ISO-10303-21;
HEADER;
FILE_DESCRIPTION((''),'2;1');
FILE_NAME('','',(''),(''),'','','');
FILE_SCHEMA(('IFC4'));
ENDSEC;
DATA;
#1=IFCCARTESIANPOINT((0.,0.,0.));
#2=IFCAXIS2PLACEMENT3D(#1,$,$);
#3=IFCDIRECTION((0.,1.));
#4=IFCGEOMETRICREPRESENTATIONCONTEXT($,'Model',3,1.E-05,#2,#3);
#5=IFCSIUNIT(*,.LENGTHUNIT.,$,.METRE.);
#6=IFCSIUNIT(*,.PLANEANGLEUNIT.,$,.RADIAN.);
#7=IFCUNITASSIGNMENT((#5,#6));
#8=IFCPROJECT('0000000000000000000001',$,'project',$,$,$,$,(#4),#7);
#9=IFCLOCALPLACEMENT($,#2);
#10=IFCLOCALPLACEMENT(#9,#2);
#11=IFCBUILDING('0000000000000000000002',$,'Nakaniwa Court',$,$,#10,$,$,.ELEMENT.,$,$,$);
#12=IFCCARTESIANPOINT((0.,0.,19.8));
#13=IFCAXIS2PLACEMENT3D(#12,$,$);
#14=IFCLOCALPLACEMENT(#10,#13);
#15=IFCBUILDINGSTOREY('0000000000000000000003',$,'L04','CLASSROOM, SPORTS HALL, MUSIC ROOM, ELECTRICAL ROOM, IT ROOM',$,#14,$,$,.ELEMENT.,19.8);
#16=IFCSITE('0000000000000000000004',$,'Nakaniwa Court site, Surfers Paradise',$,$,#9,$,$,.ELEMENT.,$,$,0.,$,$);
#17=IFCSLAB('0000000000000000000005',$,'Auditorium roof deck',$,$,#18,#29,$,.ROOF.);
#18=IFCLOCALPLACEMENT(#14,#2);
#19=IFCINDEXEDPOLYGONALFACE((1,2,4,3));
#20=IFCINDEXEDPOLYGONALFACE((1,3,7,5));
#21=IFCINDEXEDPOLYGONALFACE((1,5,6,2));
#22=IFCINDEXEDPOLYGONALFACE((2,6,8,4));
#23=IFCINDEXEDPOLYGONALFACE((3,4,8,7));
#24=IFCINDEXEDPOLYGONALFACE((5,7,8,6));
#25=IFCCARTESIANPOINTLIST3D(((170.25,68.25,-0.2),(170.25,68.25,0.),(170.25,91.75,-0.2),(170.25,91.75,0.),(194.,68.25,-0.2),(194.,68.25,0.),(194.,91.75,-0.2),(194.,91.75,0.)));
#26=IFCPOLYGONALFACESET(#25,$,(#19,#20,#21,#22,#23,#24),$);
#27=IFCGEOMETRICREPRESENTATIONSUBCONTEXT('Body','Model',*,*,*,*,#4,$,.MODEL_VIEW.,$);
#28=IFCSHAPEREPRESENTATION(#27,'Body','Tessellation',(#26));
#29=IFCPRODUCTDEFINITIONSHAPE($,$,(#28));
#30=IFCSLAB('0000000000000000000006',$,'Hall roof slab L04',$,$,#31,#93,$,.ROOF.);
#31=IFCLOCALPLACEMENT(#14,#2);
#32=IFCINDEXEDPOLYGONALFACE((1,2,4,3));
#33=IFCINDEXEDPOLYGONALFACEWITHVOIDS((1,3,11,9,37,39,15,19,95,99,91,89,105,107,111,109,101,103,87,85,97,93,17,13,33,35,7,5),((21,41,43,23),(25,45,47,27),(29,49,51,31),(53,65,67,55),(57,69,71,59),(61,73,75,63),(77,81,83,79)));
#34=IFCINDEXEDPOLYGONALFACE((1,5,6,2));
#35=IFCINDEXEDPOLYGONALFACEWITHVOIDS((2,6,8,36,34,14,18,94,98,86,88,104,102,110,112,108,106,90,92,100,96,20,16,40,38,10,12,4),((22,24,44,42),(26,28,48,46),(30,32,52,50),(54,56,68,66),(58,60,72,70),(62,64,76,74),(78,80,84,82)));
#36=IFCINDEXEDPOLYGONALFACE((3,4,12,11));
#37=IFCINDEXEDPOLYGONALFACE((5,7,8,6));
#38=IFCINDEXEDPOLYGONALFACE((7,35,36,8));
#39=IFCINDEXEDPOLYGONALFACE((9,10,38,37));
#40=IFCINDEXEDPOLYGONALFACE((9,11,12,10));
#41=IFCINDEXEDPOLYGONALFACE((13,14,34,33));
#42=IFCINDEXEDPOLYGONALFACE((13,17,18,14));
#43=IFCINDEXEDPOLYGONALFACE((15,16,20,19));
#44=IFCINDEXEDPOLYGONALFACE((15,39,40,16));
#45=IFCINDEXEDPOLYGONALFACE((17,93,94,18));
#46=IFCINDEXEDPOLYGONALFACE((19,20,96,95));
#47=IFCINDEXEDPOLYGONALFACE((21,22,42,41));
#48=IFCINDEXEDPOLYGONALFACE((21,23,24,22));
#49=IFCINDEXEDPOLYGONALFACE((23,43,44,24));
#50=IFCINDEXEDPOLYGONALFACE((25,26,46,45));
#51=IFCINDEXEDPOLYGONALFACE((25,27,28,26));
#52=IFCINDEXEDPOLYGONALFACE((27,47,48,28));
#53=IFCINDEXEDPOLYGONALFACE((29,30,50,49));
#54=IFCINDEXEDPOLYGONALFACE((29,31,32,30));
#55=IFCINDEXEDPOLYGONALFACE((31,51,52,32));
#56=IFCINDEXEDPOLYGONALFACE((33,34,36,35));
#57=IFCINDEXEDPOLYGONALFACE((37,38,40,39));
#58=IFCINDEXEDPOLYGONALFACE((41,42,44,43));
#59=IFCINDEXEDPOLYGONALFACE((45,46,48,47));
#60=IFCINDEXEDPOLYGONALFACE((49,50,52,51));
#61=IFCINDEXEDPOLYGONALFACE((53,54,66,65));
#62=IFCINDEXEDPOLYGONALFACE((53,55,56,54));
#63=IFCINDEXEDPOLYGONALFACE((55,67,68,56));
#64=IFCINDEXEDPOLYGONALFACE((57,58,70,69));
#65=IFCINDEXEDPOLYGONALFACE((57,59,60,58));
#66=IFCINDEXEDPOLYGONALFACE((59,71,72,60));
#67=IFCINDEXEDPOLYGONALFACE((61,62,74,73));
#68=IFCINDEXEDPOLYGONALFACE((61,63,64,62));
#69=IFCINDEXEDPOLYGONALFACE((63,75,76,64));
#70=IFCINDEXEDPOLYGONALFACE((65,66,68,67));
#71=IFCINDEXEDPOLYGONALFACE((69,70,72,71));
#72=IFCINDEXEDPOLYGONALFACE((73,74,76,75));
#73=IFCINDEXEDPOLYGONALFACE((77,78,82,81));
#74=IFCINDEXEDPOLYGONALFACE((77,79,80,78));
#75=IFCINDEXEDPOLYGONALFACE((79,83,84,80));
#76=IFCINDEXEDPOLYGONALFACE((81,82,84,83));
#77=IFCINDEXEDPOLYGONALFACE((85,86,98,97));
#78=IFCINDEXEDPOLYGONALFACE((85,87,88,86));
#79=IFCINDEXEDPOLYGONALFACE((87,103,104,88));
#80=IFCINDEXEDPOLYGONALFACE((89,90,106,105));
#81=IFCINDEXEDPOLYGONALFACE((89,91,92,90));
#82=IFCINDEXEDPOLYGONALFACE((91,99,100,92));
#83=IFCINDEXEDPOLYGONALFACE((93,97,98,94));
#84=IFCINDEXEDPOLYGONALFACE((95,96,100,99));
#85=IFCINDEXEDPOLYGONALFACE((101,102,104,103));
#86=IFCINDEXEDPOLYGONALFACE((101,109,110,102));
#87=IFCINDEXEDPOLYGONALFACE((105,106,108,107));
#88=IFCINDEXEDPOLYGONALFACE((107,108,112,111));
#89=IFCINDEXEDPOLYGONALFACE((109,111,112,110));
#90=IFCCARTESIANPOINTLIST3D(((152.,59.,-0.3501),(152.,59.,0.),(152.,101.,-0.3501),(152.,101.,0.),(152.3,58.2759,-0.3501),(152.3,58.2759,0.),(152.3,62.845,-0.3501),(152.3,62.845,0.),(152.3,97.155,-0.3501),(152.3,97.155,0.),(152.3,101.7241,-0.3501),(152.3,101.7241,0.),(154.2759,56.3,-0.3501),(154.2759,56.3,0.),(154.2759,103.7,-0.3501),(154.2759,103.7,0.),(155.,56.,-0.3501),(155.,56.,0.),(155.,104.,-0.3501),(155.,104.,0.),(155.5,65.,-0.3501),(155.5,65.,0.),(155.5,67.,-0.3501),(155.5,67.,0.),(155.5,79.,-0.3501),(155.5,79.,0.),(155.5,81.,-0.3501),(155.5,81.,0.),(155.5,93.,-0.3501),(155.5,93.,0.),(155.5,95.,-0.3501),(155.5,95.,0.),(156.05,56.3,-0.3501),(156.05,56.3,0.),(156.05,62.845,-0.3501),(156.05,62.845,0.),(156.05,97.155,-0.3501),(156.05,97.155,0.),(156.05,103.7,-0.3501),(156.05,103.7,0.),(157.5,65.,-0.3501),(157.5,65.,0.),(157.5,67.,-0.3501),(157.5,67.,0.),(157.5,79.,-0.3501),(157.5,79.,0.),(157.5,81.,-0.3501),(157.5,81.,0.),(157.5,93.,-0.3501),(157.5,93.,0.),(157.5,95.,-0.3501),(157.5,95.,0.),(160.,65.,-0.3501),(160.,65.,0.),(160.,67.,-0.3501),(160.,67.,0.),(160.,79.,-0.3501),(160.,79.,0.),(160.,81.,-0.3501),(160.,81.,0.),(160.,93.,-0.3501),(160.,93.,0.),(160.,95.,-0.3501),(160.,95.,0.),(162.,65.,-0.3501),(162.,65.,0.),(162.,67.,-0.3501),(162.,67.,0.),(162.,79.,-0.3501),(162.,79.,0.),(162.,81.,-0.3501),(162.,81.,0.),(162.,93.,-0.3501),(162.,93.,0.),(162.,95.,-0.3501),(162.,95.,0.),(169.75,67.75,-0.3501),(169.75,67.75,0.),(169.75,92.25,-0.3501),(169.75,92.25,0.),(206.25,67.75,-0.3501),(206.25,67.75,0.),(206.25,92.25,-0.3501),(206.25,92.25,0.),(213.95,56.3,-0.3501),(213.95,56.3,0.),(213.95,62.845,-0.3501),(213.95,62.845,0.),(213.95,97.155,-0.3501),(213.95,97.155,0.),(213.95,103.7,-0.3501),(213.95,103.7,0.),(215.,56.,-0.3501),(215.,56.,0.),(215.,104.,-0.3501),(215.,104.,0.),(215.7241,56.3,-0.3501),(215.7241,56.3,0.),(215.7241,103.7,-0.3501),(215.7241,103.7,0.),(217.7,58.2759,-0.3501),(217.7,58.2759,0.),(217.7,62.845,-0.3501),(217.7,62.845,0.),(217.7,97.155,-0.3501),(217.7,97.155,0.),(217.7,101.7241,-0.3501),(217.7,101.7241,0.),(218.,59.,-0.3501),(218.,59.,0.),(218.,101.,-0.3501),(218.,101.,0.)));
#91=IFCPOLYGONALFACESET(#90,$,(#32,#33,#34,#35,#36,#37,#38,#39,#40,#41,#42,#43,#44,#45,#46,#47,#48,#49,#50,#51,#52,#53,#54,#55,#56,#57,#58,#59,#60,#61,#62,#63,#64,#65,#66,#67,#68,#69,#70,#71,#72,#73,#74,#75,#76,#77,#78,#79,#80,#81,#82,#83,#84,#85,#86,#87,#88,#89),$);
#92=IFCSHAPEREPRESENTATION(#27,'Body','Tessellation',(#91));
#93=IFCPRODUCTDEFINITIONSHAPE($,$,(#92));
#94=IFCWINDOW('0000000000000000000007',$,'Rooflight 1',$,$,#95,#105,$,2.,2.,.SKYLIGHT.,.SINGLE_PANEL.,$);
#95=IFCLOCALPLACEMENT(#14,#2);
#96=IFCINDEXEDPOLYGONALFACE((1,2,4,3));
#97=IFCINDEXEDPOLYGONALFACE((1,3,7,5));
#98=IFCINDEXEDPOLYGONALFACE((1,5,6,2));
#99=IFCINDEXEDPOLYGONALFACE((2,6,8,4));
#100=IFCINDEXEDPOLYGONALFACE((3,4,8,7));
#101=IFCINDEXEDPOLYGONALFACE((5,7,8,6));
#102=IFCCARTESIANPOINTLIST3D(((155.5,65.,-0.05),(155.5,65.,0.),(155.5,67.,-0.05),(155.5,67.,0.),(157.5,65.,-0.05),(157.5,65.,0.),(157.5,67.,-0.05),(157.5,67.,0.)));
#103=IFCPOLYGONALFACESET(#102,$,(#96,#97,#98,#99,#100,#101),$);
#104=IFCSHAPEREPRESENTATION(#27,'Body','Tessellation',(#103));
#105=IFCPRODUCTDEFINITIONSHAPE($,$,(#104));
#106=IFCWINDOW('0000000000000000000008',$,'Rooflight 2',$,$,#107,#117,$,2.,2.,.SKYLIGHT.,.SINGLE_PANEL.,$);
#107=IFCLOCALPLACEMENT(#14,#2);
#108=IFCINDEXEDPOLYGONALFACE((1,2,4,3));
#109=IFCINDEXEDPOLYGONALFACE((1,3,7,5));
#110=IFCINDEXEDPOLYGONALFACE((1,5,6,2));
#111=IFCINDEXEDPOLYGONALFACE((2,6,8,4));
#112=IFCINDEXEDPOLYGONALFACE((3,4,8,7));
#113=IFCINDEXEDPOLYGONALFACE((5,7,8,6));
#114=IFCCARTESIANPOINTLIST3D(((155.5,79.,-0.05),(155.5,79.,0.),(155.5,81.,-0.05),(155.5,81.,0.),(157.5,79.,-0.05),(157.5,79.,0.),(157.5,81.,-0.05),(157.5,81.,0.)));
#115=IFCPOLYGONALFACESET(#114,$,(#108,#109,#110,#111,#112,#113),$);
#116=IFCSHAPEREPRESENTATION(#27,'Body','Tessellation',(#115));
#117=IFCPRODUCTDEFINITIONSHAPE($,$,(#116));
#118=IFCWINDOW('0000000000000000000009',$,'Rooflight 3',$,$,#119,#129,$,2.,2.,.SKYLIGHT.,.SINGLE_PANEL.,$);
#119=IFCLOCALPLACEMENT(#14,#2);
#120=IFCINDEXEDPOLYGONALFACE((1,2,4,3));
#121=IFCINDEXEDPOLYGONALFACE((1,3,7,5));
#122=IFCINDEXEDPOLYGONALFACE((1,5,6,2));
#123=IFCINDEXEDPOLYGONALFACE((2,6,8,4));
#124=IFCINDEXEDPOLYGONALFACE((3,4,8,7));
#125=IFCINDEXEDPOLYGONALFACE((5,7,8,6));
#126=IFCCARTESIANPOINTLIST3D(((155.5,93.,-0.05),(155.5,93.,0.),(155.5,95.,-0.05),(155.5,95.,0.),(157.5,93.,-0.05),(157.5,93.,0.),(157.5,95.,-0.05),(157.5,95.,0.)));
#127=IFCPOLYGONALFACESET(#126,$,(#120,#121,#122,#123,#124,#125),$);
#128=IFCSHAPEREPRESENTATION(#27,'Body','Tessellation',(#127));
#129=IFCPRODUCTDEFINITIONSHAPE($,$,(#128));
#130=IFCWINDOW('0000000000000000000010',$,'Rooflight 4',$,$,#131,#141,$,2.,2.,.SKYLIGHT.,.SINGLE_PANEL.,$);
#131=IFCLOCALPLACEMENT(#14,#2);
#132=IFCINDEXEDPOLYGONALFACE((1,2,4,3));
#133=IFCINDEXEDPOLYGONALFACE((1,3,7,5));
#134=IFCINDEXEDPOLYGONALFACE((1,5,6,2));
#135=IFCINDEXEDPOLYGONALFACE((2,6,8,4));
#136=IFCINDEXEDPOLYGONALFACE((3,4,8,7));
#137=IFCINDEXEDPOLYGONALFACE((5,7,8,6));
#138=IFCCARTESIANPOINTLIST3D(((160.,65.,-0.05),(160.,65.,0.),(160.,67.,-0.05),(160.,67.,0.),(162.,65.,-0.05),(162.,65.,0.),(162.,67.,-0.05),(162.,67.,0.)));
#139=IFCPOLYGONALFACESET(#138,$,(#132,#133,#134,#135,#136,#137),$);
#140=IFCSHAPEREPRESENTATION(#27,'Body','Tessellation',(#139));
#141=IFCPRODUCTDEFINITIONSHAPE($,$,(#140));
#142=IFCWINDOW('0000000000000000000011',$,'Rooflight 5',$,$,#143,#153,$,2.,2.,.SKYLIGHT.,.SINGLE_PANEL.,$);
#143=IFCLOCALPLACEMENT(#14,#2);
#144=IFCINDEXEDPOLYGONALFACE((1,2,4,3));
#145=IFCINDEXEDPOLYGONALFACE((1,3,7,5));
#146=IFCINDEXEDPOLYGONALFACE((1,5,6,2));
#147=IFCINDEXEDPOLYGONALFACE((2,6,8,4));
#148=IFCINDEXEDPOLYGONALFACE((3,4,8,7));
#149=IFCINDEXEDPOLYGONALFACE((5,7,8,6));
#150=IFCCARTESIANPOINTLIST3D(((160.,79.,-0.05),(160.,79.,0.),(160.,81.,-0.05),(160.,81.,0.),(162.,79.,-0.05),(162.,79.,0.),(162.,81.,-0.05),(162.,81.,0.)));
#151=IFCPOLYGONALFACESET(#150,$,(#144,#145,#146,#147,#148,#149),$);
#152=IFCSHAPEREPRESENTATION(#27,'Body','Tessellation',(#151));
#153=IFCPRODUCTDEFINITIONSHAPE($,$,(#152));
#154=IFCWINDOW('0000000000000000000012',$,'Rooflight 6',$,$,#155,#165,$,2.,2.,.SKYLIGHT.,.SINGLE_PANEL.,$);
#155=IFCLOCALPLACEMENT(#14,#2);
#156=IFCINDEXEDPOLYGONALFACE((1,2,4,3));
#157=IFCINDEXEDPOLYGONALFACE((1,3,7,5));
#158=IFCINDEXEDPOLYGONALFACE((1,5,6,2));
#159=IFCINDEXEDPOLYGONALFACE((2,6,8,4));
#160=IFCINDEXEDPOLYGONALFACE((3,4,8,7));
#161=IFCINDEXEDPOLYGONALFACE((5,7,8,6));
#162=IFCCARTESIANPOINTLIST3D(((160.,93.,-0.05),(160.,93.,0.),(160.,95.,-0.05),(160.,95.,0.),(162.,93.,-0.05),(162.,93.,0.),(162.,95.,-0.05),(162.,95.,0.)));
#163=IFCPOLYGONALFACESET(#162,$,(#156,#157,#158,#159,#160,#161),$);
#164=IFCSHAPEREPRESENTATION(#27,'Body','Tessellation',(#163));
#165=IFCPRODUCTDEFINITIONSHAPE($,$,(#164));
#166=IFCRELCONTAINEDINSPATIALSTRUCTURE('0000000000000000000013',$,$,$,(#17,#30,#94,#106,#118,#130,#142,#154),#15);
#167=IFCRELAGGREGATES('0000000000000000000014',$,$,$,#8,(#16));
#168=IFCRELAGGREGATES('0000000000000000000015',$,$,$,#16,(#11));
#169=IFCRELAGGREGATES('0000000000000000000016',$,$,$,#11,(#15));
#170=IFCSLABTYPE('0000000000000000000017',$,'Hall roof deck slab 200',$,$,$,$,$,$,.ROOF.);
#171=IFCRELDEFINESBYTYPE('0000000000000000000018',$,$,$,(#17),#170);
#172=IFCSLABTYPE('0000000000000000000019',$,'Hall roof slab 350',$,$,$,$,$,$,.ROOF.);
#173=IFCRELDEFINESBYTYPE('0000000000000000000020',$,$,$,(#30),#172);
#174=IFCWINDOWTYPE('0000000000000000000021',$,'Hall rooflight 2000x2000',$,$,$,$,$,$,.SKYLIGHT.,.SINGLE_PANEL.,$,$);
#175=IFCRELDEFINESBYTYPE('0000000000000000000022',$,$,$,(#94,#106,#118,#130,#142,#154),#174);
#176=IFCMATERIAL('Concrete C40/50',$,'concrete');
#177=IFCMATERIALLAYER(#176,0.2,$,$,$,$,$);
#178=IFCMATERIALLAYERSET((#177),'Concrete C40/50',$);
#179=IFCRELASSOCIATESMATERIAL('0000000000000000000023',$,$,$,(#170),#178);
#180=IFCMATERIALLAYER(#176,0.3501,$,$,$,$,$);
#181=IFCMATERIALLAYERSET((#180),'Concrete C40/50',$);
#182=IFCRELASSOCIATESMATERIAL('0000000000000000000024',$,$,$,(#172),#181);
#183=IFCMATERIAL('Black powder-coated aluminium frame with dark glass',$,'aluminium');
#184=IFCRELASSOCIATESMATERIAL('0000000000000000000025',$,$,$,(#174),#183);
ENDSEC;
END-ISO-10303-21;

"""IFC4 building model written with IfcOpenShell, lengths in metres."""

from ifc_helpers import new_model, si_unit, direction, frame, origin, origin_2d, place, context, subcontext, project, spatial, polyline, rectangle, outline, extrude, material, layer, layer_set, type_object, element, fill, save


model = new_model("IFC4")

# Units and contexts
model_context = context("Model", 3, precision=1e-05, world=origin(), true_north=direction((0.0, 1.0)))
body_context = subcontext(model_context, "Body", "Model", "MODEL_VIEW")
ifc_project = project(units=[si_unit("LENGTHUNIT", "METRE"), si_unit("PLANEANGLEUNIT", "RADIAN")], contexts=[model_context])

# Site, building, storey
site_placement = place(None, origin())
site = spatial("IfcSite", under=ifc_project, at=site_placement, Name="Nakaniwa Court site, Surfers Paradise", CompositionType="ELEMENT", RefElevation=0.0)
building_placement = place(site_placement, origin())
building = spatial("IfcBuilding", under=site, at=building_placement, Name="Nakaniwa Court", CompositionType="ELEMENT")
storey_placement = place(building_placement, frame((0.0, 0.0, 19.8)))
storey = spatial("IfcBuildingStorey", under=building, at=storey_placement, Name="L04", Description="CLASSROOM, SPORTS HALL, MUSIC ROOM, ELECTRICAL ROOM, IT ROOM", CompositionType="ELEMENT", Elevation=19.8)

# Slab
ifc_material_1 = material(Name="Concrete C40/50", Category="concrete")
ifc_layer_1 = layer(ifc_material_1, 0.2)
ifc_layer_set_1 = layer_set([ifc_layer_1], Name="Concrete C40/50")
slab_type_1 = type_object("IfcSlabType", Name="Hall roof deck slab 200", PredefinedType="ROOF", material=ifc_layer_set_1)
slab_1_placement = place(storey_placement, frame((0.0, 0.0, -0.2)))
element("IfcSlab", 1, at=slab_1_placement, inside=storey, type_object=slab_type_1, Name="Auditorium roof deck", PredefinedType="ROOF", context=body_context, shape_type="SweptSolid", body=[
    extrude(outline(polyline([(194.0, 68.25), (194.0, 91.75), (170.25, 91.75), (170.25, 68.25), (194.0, 68.25)])), origin(), (0.0, 0.0, 1.0), 0.2),
])

# Slab, openings, windows
ifc_layer_2 = layer(ifc_material_1, 0.3501)
ifc_layer_set_2 = layer_set([ifc_layer_2], Name="Concrete C40/50")
slab_type_2 = type_object("IfcSlabType", Name="Hall roof slab 350", PredefinedType="ROOF", material=ifc_layer_set_2)
slab_2_placement = place(storey_placement, frame((0.0, 0.0, -0.3501)))
slab_2 = element("IfcSlab", 2, at=slab_2_placement, inside=storey, type_object=slab_type_2, Name="Hall roof slab L04", PredefinedType="ROOF", context=body_context, shape_type="SweptSolid", body=[
    extrude(outline(polyline([(154.2759, 56.3), (155.0, 56.0), (215.0, 56.0), (215.7241, 56.3), (213.95, 56.3), (213.95, 62.845), (217.7, 62.845), (217.7, 58.2759), (218.0, 59.0), (218.0, 101.0), (217.7, 101.7241), (217.7, 97.155), (213.95, 97.155), (213.95, 103.7), (215.7241, 103.7), (215.0, 104.0), (155.0, 104.0), (154.2759, 103.7), (156.05, 103.7), (156.05, 97.155), (152.3, 97.155), (152.3, 101.7241), (152.0, 101.0), (152.0, 59.0), (152.3, 58.2759), (152.3, 62.845), (156.05, 62.845), (156.05, 56.3), (154.2759, 56.3)]), holes=[polyline([(206.25, 67.75), (169.75, 67.75), (169.75, 92.25), (206.25, 92.25), (206.25, 67.75)])]), origin(), (0.0, 0.0, 1.0), 0.3501),
])
opening_1_placement = place(slab_2_placement, frame((156.5, 66.0, 0.0)))
opening_1 = element("IfcOpeningElement", 3, at=opening_1_placement, cuts=slab_2, PredefinedType="OPENING", context=body_context, shape_type="SweptSolid", body=[
    extrude(rectangle(XDim=2.0, YDim=2.0, at=origin_2d()), frame((0.0, 0.0, -0.01)), (0.0, 0.0, 1.0), 0.3701),
])
opening_2_placement = place(slab_2_placement, frame((156.5, 80.0, 0.0)))
opening_2 = element("IfcOpeningElement", 4, at=opening_2_placement, cuts=slab_2, PredefinedType="OPENING", context=body_context, shape_type="SweptSolid", body=[
    extrude(rectangle(XDim=2.0, YDim=2.0, at=origin_2d()), frame((0.0, 0.0, -0.01)), (0.0, 0.0, 1.0), 0.3701),
])
opening_3_placement = place(slab_2_placement, frame((156.5, 94.0, 0.0)))
opening_3 = element("IfcOpeningElement", 5, at=opening_3_placement, cuts=slab_2, PredefinedType="OPENING", context=body_context, shape_type="SweptSolid", body=[
    extrude(rectangle(XDim=2.0, YDim=2.0, at=origin_2d()), frame((0.0, 0.0, -0.01)), (0.0, 0.0, 1.0), 0.3701),
])
opening_4_placement = place(slab_2_placement, frame((161.0, 66.0, 0.0)))
opening_4 = element("IfcOpeningElement", 6, at=opening_4_placement, cuts=slab_2, PredefinedType="OPENING", context=body_context, shape_type="SweptSolid", body=[
    extrude(rectangle(XDim=2.0, YDim=2.0, at=origin_2d()), frame((0.0, 0.0, -0.01)), (0.0, 0.0, 1.0), 0.3701),
])
opening_5_placement = place(slab_2_placement, frame((161.0, 80.0, 0.0)))
opening_5 = element("IfcOpeningElement", 7, at=opening_5_placement, cuts=slab_2, PredefinedType="OPENING", context=body_context, shape_type="SweptSolid", body=[
    extrude(rectangle(XDim=2.0, YDim=2.0, at=origin_2d()), frame((0.0, 0.0, -0.01)), (0.0, 0.0, 1.0), 0.3701),
])
opening_6_placement = place(slab_2_placement, frame((161.0, 94.0, 0.0)))
opening_6 = element("IfcOpeningElement", 8, at=opening_6_placement, cuts=slab_2, PredefinedType="OPENING", context=body_context, shape_type="SweptSolid", body=[
    extrude(rectangle(XDim=2.0, YDim=2.0, at=origin_2d()), frame((0.0, 0.0, -0.01)), (0.0, 0.0, 1.0), 0.3701),
])
ifc_material_2 = material(Name="Black powder-coated aluminium frame with dark glass", Category="aluminium")
window_type = type_object("IfcWindowType", Name="Hall rooflight 2000x2000", PartitioningType="SINGLE_PANEL", PredefinedType="SKYLIGHT", material=ifc_material_2)
window_1_placement = place(opening_1_placement, frame((0.0, 0.0, 0.3)))
window_1 = element("IfcWindow", 9, at=window_1_placement, inside=storey, type_object=window_type, Name="Rooflight 1", OverallHeight=2.0, OverallWidth=2.0, PartitioningType="SINGLE_PANEL", PredefinedType="SKYLIGHT", context=body_context, shape_type="SweptSolid", body=[
    extrude(rectangle(XDim=2.0, YDim=2.0, at=origin_2d()), origin(), (0.0, 0.0, 1.0), 0.05),
])
fill(opening_1, window_1)
window_2_placement = place(opening_2_placement, frame((0.0, 0.0, 0.3)))
window_2 = element("IfcWindow", 10, at=window_2_placement, inside=storey, type_object=window_type, Name="Rooflight 2", OverallHeight=2.0, OverallWidth=2.0, PartitioningType="SINGLE_PANEL", PredefinedType="SKYLIGHT", context=body_context, shape_type="SweptSolid", body=[
    extrude(rectangle(XDim=2.0, YDim=2.0, at=origin_2d()), origin(), (0.0, 0.0, 1.0), 0.05),
])
fill(opening_2, window_2)
window_3_placement = place(opening_3_placement, frame((0.0, 0.0, 0.3)))
window_3 = element("IfcWindow", 11, at=window_3_placement, inside=storey, type_object=window_type, Name="Rooflight 3", OverallHeight=2.0, OverallWidth=2.0, PartitioningType="SINGLE_PANEL", PredefinedType="SKYLIGHT", context=body_context, shape_type="SweptSolid", body=[
    extrude(rectangle(XDim=2.0, YDim=2.0, at=origin_2d()), origin(), (0.0, 0.0, 1.0), 0.05),
])
fill(opening_3, window_3)
window_4_placement = place(opening_4_placement, frame((0.0, 0.0, 0.3)))
window_4 = element("IfcWindow", 12, at=window_4_placement, inside=storey, type_object=window_type, Name="Rooflight 4", OverallHeight=2.0, OverallWidth=2.0, PartitioningType="SINGLE_PANEL", PredefinedType="SKYLIGHT", context=body_context, shape_type="SweptSolid", body=[
    extrude(rectangle(XDim=2.0, YDim=2.0, at=origin_2d()), origin(), (0.0, 0.0, 1.0), 0.05),
])
fill(opening_4, window_4)
window_5_placement = place(opening_5_placement, frame((0.0, 0.0, 0.3)))
window_5 = element("IfcWindow", 13, at=window_5_placement, inside=storey, type_object=window_type, Name="Rooflight 5", OverallHeight=2.0, OverallWidth=2.0, PartitioningType="SINGLE_PANEL", PredefinedType="SKYLIGHT", context=body_context, shape_type="SweptSolid", body=[
    extrude(rectangle(XDim=2.0, YDim=2.0, at=origin_2d()), origin(), (0.0, 0.0, 1.0), 0.05),
])
fill(opening_5, window_5)
window_6_placement = place(opening_6_placement, frame((0.0, 0.0, 0.3)))
window_6 = element("IfcWindow", 14, at=window_6_placement, inside=storey, type_object=window_type, Name="Rooflight 6", OverallHeight=2.0, OverallWidth=2.0, PartitioningType="SINGLE_PANEL", PredefinedType="SKYLIGHT", context=body_context, shape_type="SweptSolid", body=[
    extrude(rectangle(XDim=2.0, YDim=2.0, at=origin_2d()), origin(), (0.0, 0.0, 1.0), 0.05),
])
fill(opening_6, window_6)

save(model, "model.ifc")
